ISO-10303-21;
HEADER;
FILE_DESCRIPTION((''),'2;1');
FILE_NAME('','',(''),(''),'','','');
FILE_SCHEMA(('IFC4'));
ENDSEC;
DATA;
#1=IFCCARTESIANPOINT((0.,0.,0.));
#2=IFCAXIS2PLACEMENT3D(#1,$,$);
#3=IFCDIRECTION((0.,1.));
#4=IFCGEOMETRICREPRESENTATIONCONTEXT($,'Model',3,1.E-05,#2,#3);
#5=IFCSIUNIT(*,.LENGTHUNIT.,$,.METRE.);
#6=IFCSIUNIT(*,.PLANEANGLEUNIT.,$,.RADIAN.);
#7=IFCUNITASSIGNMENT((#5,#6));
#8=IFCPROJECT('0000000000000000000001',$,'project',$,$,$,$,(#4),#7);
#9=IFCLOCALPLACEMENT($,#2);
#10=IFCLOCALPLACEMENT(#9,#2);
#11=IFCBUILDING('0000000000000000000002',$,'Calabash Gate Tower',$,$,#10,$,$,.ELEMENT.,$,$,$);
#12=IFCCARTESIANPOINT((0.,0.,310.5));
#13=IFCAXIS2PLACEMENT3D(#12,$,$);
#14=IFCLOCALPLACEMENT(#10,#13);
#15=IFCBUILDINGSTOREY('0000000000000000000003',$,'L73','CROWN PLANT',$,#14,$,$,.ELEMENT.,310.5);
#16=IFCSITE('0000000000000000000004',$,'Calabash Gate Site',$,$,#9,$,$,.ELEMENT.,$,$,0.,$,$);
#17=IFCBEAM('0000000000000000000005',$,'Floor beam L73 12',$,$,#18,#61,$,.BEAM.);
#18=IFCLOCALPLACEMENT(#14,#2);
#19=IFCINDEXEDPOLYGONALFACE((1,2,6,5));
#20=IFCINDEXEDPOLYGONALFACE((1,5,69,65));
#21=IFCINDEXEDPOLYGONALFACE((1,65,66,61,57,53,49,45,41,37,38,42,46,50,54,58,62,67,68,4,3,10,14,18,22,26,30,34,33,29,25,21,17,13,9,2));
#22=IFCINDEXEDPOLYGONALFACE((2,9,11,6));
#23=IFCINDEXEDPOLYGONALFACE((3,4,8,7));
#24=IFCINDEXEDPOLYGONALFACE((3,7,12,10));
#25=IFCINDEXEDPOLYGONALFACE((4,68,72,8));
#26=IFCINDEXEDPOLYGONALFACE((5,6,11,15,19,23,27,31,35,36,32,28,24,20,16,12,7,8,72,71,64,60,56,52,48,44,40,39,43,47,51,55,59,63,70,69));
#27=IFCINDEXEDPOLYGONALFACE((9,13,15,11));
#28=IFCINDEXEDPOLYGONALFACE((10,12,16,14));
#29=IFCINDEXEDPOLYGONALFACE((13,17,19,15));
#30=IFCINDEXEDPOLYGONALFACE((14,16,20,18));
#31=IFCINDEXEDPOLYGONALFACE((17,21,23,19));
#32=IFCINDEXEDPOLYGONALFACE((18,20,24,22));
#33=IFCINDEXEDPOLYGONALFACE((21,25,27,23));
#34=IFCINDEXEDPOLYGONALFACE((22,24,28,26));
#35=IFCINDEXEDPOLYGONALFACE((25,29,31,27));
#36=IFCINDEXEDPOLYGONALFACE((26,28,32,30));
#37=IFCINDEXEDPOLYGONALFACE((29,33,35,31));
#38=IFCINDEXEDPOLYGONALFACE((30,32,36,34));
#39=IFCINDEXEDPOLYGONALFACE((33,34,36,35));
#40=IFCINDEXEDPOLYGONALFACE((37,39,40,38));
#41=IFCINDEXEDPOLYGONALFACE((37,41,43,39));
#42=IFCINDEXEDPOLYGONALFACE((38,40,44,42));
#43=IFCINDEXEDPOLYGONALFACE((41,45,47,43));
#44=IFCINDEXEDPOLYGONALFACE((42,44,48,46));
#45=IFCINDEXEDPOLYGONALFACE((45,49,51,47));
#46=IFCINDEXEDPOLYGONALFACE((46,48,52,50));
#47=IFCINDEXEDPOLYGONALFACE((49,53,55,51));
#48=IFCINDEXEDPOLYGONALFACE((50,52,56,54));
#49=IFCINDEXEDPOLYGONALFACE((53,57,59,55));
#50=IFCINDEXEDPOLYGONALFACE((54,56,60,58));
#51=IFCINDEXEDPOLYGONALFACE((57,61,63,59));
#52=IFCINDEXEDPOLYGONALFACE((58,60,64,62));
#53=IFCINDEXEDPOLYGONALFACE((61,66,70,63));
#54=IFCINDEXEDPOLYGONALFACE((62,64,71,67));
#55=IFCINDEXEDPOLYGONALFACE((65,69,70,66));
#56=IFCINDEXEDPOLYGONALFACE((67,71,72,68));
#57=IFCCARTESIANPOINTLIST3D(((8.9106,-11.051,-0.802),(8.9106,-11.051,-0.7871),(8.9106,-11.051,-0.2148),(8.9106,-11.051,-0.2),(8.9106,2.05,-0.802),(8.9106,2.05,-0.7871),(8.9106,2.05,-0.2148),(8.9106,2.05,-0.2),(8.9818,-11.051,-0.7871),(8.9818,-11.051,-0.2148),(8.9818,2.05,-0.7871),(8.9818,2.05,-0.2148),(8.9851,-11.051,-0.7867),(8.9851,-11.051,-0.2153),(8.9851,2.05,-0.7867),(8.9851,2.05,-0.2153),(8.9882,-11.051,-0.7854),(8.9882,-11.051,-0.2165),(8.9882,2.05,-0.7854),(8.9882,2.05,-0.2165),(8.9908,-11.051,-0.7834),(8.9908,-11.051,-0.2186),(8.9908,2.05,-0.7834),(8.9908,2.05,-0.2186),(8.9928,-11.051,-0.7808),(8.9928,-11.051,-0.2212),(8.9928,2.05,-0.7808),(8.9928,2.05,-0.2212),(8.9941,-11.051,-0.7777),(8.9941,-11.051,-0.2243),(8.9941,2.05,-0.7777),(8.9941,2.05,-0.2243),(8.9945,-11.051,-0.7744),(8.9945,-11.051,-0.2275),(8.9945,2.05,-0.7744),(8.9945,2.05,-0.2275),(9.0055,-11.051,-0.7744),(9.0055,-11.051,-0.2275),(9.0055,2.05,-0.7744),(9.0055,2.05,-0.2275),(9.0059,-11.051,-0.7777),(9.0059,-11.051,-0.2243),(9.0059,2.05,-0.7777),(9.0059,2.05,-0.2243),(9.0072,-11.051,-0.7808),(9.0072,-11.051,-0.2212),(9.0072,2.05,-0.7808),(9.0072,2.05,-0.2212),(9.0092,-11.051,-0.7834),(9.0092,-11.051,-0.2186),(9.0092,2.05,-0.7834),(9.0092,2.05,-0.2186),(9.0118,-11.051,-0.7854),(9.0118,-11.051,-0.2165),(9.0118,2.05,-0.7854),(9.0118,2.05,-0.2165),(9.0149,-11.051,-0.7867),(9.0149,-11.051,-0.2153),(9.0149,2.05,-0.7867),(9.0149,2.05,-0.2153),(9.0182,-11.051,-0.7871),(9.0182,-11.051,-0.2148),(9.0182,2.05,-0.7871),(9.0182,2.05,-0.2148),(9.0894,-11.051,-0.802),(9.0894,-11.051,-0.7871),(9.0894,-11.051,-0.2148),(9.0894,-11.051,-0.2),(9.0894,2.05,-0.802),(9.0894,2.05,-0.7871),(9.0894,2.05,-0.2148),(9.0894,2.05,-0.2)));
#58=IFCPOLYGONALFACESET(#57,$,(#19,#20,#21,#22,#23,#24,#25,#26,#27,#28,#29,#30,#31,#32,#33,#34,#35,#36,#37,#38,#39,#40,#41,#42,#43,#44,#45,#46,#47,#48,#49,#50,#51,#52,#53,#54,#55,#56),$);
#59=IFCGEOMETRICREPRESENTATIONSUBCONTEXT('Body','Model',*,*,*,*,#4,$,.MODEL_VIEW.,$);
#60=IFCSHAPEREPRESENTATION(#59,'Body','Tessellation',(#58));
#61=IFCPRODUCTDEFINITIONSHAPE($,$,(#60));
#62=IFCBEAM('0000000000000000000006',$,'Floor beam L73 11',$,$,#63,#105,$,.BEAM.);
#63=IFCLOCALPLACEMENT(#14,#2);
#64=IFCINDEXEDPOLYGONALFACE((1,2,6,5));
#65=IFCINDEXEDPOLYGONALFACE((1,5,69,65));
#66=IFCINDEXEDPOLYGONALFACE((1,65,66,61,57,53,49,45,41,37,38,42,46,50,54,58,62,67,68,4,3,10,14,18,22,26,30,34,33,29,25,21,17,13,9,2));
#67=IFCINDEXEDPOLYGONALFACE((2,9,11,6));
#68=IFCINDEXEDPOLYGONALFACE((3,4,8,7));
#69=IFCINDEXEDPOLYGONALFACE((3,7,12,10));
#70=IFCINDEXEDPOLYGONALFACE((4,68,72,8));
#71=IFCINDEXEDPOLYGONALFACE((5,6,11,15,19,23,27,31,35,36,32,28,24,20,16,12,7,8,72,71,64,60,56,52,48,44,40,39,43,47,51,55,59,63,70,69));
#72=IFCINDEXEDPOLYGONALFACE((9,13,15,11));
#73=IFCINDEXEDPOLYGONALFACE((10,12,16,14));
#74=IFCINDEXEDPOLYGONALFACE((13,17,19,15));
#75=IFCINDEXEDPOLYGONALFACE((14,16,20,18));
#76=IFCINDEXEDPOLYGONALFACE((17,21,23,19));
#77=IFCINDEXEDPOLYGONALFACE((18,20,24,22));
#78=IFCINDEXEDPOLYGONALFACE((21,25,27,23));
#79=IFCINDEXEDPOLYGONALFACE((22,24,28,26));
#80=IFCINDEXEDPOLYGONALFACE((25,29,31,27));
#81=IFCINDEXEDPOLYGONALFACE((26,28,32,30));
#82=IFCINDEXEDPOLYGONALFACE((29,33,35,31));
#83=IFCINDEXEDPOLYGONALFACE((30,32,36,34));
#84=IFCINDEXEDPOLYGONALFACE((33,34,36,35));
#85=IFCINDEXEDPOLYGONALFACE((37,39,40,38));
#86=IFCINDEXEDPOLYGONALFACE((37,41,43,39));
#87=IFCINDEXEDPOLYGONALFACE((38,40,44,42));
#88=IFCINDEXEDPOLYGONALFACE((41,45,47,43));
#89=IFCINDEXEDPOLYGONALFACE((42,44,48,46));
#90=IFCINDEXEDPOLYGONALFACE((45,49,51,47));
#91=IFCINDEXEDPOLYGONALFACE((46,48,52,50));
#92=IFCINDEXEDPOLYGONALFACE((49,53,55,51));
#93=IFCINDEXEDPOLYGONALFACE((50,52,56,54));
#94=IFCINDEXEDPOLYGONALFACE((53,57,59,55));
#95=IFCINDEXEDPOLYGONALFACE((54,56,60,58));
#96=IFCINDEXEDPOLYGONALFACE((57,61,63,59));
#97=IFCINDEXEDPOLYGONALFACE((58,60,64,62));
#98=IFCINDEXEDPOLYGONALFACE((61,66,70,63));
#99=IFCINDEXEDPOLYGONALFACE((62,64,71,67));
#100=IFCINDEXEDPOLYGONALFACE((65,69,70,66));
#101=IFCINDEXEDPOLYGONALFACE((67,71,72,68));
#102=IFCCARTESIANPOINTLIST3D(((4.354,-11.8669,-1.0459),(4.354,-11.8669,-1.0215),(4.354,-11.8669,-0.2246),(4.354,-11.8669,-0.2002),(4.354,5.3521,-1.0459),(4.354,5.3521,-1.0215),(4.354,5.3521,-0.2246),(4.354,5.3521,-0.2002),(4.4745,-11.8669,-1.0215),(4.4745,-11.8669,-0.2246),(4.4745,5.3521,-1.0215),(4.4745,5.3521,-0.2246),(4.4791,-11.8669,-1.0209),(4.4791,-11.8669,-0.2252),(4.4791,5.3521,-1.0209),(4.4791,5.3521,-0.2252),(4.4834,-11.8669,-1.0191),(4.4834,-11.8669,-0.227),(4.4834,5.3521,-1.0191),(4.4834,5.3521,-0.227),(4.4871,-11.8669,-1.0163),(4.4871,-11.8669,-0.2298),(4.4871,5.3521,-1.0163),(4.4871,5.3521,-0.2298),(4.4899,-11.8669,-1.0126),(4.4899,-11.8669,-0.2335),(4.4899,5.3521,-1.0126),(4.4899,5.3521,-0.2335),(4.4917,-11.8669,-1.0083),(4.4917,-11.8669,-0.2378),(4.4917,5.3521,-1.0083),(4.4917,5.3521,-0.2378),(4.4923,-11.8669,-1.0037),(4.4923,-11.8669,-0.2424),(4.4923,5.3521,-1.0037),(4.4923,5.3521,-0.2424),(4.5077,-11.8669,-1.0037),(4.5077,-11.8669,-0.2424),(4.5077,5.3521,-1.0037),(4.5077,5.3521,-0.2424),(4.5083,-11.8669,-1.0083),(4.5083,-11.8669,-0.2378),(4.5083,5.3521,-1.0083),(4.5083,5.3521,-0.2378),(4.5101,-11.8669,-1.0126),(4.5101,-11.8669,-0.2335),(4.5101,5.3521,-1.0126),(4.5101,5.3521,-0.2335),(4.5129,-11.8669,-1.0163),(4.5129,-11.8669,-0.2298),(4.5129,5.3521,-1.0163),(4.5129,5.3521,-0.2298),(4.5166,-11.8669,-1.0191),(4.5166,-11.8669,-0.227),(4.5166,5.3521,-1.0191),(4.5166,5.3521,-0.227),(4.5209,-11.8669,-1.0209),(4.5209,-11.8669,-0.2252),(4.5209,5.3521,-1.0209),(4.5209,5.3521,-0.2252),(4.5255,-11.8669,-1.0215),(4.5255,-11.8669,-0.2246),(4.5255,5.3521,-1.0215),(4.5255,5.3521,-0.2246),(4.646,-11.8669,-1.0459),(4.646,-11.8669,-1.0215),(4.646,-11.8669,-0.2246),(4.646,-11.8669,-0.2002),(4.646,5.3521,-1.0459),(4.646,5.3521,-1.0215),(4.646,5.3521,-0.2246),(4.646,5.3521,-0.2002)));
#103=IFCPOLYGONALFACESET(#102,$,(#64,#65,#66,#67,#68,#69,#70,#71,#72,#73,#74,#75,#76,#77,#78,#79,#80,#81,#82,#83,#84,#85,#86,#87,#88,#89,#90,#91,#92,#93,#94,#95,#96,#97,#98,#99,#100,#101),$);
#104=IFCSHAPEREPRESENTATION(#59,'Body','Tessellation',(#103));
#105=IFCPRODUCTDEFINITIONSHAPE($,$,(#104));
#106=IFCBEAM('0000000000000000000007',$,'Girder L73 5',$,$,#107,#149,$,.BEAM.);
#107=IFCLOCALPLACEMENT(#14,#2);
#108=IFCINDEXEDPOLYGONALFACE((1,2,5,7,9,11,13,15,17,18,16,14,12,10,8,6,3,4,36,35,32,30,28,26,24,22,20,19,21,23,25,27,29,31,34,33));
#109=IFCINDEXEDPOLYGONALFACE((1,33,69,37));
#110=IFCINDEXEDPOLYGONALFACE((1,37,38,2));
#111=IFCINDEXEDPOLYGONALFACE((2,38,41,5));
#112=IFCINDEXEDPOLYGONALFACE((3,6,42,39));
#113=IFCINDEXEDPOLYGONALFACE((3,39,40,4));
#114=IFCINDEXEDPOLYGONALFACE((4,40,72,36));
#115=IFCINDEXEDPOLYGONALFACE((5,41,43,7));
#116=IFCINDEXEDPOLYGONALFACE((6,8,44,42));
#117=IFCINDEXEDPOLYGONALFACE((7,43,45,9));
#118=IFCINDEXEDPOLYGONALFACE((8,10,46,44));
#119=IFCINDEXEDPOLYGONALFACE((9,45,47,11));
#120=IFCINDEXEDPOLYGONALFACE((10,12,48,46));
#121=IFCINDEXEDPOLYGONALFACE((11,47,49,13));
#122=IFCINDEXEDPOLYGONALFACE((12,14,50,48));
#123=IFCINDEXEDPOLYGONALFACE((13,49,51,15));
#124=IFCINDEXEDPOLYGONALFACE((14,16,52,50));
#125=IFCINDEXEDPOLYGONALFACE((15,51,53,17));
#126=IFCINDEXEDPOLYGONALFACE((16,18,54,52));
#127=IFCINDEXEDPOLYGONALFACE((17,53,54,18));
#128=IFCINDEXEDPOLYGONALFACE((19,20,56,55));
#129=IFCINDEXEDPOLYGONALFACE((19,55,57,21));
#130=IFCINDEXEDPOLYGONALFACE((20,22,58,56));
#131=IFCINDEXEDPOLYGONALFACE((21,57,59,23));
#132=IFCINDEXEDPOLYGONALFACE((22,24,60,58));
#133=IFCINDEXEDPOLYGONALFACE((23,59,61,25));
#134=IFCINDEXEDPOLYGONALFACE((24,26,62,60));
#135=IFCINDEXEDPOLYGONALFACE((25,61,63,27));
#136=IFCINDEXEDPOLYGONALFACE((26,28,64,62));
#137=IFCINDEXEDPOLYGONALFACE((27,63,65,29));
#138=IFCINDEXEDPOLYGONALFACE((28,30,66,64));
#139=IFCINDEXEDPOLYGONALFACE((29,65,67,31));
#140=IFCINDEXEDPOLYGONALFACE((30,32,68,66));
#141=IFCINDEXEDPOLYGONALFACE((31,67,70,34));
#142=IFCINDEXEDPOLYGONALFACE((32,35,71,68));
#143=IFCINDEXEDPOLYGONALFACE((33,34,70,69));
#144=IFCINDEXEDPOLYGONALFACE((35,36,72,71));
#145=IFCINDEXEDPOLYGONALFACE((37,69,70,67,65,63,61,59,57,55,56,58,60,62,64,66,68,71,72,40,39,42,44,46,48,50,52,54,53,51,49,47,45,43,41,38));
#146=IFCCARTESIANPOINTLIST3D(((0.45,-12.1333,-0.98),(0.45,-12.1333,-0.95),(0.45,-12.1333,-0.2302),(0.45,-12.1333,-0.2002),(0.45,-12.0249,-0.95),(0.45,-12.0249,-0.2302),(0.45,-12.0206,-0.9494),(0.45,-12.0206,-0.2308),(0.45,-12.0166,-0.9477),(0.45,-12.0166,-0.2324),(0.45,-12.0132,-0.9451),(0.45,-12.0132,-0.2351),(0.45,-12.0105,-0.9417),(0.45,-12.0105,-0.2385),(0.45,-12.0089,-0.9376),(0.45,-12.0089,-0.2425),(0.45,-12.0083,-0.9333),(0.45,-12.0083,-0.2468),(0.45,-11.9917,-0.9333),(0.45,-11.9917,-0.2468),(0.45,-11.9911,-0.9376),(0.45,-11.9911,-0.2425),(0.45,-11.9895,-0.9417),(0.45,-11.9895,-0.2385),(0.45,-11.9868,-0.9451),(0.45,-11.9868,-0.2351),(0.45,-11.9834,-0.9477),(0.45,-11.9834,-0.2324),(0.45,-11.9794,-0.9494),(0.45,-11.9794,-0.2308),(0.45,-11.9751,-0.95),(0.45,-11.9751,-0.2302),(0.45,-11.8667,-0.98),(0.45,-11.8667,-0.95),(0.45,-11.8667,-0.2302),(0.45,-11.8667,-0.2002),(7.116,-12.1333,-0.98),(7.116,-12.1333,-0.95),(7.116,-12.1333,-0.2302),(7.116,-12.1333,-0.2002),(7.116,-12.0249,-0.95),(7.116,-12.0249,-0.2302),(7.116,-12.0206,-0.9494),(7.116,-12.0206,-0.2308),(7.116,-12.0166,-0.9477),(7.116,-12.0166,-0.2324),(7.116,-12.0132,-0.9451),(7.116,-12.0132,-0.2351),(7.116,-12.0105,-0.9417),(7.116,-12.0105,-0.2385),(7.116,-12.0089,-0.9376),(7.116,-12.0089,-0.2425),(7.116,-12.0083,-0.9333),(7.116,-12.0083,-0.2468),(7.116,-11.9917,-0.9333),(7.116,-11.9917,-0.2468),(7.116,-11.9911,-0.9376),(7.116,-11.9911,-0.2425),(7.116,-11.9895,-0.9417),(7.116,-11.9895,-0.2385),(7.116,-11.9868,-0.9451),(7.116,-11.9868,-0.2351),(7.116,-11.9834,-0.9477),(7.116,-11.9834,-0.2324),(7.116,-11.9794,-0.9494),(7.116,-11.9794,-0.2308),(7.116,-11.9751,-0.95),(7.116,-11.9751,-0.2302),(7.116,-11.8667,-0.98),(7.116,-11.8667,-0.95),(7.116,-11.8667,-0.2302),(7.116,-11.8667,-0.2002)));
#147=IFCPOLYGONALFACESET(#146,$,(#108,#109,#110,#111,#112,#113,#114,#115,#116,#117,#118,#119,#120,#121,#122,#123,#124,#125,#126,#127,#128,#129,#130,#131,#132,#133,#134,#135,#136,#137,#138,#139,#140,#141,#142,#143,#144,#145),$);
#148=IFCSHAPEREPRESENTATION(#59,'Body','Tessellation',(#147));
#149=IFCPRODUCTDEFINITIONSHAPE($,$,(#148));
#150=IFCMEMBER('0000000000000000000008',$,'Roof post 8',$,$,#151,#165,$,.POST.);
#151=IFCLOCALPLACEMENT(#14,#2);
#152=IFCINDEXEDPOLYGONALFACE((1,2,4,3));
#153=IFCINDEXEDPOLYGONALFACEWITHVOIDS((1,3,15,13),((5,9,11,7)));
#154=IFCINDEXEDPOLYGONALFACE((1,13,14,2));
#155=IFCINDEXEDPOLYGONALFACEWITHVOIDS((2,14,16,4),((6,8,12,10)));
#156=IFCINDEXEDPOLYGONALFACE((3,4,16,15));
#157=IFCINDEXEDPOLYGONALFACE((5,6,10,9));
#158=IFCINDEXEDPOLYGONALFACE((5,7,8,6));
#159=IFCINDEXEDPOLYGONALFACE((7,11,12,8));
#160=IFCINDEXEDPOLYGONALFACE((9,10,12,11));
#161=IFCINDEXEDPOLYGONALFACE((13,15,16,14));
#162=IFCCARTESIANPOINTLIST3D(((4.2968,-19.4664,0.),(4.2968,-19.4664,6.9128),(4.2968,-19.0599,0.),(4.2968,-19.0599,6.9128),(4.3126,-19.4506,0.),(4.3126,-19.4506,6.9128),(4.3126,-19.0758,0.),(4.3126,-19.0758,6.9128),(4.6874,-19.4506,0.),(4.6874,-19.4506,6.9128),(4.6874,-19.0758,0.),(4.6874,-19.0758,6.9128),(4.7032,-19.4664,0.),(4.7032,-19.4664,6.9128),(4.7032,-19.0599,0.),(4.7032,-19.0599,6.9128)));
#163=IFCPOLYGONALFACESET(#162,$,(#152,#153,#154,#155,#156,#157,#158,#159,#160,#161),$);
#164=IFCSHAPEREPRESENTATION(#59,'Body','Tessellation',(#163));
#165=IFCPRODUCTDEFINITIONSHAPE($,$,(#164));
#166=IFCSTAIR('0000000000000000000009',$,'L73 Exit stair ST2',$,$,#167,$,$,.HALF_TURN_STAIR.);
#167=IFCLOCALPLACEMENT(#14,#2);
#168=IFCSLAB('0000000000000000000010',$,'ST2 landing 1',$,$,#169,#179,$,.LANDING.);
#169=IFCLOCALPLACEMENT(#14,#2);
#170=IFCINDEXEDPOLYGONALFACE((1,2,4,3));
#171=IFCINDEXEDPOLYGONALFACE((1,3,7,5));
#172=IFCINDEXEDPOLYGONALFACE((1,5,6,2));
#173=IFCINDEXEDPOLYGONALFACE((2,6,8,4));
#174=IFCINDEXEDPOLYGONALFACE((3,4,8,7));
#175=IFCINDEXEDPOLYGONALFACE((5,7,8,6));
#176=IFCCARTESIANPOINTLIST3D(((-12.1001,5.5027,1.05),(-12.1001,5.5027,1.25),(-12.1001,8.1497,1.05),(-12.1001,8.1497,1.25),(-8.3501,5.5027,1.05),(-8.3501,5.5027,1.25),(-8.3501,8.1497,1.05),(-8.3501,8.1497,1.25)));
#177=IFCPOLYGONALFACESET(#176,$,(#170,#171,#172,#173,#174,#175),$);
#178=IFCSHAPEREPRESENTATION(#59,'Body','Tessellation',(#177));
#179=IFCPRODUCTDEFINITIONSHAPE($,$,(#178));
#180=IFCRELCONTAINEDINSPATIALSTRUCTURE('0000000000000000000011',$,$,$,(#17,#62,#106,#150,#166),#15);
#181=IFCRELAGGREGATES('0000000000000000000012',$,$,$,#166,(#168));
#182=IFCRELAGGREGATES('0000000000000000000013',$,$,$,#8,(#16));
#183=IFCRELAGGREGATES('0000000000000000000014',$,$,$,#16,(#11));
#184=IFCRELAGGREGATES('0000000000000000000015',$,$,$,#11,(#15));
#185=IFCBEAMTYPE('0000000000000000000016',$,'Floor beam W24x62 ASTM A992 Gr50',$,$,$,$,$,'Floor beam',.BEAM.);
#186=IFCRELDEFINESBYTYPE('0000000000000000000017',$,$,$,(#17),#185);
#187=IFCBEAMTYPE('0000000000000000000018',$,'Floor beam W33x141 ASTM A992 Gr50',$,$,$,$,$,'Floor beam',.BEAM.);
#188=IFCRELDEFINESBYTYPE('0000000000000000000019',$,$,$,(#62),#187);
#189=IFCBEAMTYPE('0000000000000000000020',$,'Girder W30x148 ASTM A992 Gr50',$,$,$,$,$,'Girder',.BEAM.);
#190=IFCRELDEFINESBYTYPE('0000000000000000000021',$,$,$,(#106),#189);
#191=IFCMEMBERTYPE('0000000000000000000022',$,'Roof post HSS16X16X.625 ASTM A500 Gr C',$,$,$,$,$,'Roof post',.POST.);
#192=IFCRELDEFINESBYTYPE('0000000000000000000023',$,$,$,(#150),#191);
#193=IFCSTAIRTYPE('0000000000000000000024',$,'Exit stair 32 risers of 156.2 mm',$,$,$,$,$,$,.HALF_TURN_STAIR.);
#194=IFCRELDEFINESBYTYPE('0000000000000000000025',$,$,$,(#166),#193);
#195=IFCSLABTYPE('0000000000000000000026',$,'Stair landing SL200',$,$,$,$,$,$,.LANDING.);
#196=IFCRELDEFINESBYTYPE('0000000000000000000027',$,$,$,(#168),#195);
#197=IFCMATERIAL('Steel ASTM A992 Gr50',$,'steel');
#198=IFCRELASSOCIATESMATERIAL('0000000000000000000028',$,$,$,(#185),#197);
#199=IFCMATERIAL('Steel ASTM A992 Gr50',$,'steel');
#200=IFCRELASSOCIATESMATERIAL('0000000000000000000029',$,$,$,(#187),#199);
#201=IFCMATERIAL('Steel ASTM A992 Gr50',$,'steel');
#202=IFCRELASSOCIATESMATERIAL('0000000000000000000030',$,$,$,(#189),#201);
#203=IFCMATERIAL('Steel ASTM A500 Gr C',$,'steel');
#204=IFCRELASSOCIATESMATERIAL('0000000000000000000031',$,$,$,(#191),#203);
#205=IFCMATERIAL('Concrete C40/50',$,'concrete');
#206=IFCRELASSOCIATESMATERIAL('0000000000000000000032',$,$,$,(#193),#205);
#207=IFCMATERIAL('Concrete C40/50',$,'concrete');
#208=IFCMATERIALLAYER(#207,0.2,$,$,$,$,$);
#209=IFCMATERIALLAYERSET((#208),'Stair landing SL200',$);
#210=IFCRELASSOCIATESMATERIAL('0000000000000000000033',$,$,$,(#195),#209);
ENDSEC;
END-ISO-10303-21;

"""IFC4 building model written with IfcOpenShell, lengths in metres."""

from ifc_helpers import new_model, si_unit, direction, frame, origin, origin_2d, place, context, subcontext, project, spatial, polyline, hollow_rectangle, i_section, outline, extrude, material, layer, layer_set, material_profile, profile_set, type_object, element, aggregate, save


model = new_model("IFC4")

# Units and contexts
model_context = context("Model", 3, precision=1e-05, world=origin(), true_north=direction((0.0, 1.0)))
body_context = subcontext(model_context, "Body", "Model", "MODEL_VIEW")
ifc_project = project(units=[si_unit("LENGTHUNIT", "METRE"), si_unit("PLANEANGLEUNIT", "RADIAN")], contexts=[model_context])

# Site, building, storey
site_placement = place(None, origin())
site = spatial("IfcSite", under=ifc_project, at=site_placement, Name="Calabash Gate Site", CompositionType="ELEMENT", RefElevation=0.0)
building_placement = place(site_placement, origin())
building = spatial("IfcBuilding", under=site, at=building_placement, Name="Calabash Gate Tower", CompositionType="ELEMENT")
storey_placement = place(building_placement, frame((0.0, 0.0, 310.5)))
storey = spatial("IfcBuildingStorey", under=building, at=storey_placement, Name="L73", Description="CROWN PLANT", CompositionType="ELEMENT", Elevation=310.5)

# Beams
ifc_material_1 = material(Name="Steel ASTM A992 Gr50", Category="steel")
ifc_material_profile_1 = material_profile(ifc_material_1, i_section(OverallWidth=0.1787, OverallDepth=0.6021, WebThickness=0.011, FlangeThickness=0.0149, FilletRadius=0.0127, at=origin_2d()))
ifc_profile_set_1 = profile_set([ifc_material_profile_1], Name="Steel ASTM A992 Gr50")
beam_type_1 = type_object("IfcBeamType", Name="Floor beam W24x62 ASTM A992 Gr50", ElementType="Floor beam", PredefinedType="BEAM", material=ifc_profile_set_1)
beam_1_placement = place(storey_placement, frame((9.0, -11.051, -0.501), z_axis=(0.0, 1.0, 0.0), x_axis=(-1.0, 0.0, 0.0)))
element("IfcBeam", 1, at=beam_1_placement, inside=storey, type_object=beam_type_1, Name="Floor beam L73 12", PredefinedType="BEAM", context=body_context, shape_type="SweptSolid", body=[
    extrude(i_section(OverallWidth=0.1787, OverallDepth=0.6021, WebThickness=0.011, FlangeThickness=0.0149, FilletRadius=0.0127, at=origin_2d()), origin(), (0.0, 0.0, 1.0), 13.1011),
])
ifc_material_2 = material(Name="Steel ASTM A992 Gr50", Category="steel")
ifc_material_profile_2 = material_profile(ifc_material_2, i_section(OverallWidth=0.292, OverallDepth=0.8457, WebThickness=0.0154, FlangeThickness=0.0244, FilletRadius=0.0178, at=origin_2d()))
ifc_profile_set_2 = profile_set([ifc_material_profile_2], Name="Steel ASTM A992 Gr50")
beam_type_2 = type_object("IfcBeamType", Name="Floor beam W33x141 ASTM A992 Gr50", ElementType="Floor beam", PredefinedType="BEAM", material=ifc_profile_set_2)
beam_2_placement = place(storey_placement, frame((4.5, -11.8669, -0.623), z_axis=(0.0, 1.0, 0.0), x_axis=(-1.0, 0.0, 0.0)))
element("IfcBeam", 2, at=beam_2_placement, inside=storey, type_object=beam_type_2, Name="Floor beam L73 11", PredefinedType="BEAM", context=body_context, shape_type="SweptSolid", body=[
    extrude(i_section(OverallWidth=0.292, OverallDepth=0.8457, WebThickness=0.0154, FlangeThickness=0.0244, FilletRadius=0.0178, at=origin_2d()), origin(), (0.0, 0.0, 1.0), 17.219),
])
ifc_material_3 = material(Name="Steel ASTM A992 Gr50", Category="steel")
ifc_material_profile_3 = material_profile(ifc_material_3, i_section(OverallWidth=0.2666, OverallDepth=0.7798, WebThickness=0.0166, FlangeThickness=0.03, FilletRadius=0.0166, at=origin_2d()))
ifc_profile_set_3 = profile_set([ifc_material_profile_3], Name="Steel ASTM A992 Gr50")
beam_type_3 = type_object("IfcBeamType", Name="Girder W30x148 ASTM A992 Gr50", ElementType="Girder", PredefinedType="BEAM", material=ifc_profile_set_3)
beam_3_placement = place(storey_placement, frame((0.45, -12.0, -0.5901), z_axis=(1.0, 0.0, 0.0), x_axis=(0.0, 1.0, 0.0)))
element("IfcBeam", 3, at=beam_3_placement, inside=storey, type_object=beam_type_3, Name="Girder L73 5", PredefinedType="BEAM", context=body_context, shape_type="SweptSolid", body=[
    extrude(i_section(OverallWidth=0.2666, OverallDepth=0.7798, WebThickness=0.0166, FlangeThickness=0.03, FilletRadius=0.0166, at=origin_2d()), origin(), (0.0, 0.0, 1.0), 6.666),
])

# Member
ifc_material_4 = material(Name="Steel ASTM A500 Gr C", Category="steel")
ifc_material_profile_4 = material_profile(ifc_material_4, hollow_rectangle(XDim=0.4065, YDim=0.4065, WallThickness=0.0159, at=origin_2d()))
ifc_profile_set_4 = profile_set([ifc_material_profile_4], Name="Steel ASTM A500 Gr C")
member_type = type_object("IfcMemberType", Name="Roof post HSS16X16X.625 ASTM A500 Gr C", ElementType="Roof post", PredefinedType="POST", material=ifc_profile_set_4)
member_placement = place(storey_placement, frame((4.5, -19.2632, 0.0), z_axis=(0.0, 0.0, 1.0), x_axis=(1.0, 0.0, 0.0)))
element("IfcMember", 4, at=member_placement, inside=storey, type_object=member_type, Name="Roof post 8", PredefinedType="POST", context=body_context, shape_type="SweptSolid", body=[
    extrude(hollow_rectangle(XDim=0.4065, YDim=0.4065, WallThickness=0.0159, at=origin_2d()), origin(), (0.0, 0.0, 1.0), 6.9128),
])

# Stair, slab
ifc_material_5 = material(Name="Concrete C40/50", Category="concrete")
stair_type = type_object("IfcStairType", Name="Exit stair 32 risers of 156.2 mm", PredefinedType="HALF_TURN_STAIR", material=ifc_material_5)
stair_1_placement = place(storey_placement, origin())
stair_1 = element("IfcStair", 5, at=stair_1_placement, inside=storey, type_object=stair_type, Name="L73 Exit stair ST2", PredefinedType="HALF_TURN_STAIR")
ifc_material_6 = material(Name="Concrete C40/50", Category="concrete")
ifc_layer_1 = layer(ifc_material_6, 0.2)
ifc_layer_set_1 = layer_set([ifc_layer_1], Name="Stair landing SL200")
slab_type = type_object("IfcSlabType", Name="Stair landing SL200", PredefinedType="LANDING", material=ifc_layer_set_1)
slab_1_placement = place(storey_placement, frame((0.0, 0.0, 1.05)))
slab_1 = element("IfcSlab", 6, at=slab_1_placement, type_object=slab_type, Name="ST2 landing 1", PredefinedType="LANDING", context=body_context, shape_type="SweptSolid", body=[
    extrude(outline(polyline([(-12.1001, 8.1497), (-12.1001, 5.5027), (-8.3501, 5.5027), (-8.3501, 8.1497), (-12.1001, 8.1497)])), origin(), (0.0, 0.0, 1.0), 0.2),
])
aggregate(stair_1, [slab_1])

save(model, "model.ifc")
